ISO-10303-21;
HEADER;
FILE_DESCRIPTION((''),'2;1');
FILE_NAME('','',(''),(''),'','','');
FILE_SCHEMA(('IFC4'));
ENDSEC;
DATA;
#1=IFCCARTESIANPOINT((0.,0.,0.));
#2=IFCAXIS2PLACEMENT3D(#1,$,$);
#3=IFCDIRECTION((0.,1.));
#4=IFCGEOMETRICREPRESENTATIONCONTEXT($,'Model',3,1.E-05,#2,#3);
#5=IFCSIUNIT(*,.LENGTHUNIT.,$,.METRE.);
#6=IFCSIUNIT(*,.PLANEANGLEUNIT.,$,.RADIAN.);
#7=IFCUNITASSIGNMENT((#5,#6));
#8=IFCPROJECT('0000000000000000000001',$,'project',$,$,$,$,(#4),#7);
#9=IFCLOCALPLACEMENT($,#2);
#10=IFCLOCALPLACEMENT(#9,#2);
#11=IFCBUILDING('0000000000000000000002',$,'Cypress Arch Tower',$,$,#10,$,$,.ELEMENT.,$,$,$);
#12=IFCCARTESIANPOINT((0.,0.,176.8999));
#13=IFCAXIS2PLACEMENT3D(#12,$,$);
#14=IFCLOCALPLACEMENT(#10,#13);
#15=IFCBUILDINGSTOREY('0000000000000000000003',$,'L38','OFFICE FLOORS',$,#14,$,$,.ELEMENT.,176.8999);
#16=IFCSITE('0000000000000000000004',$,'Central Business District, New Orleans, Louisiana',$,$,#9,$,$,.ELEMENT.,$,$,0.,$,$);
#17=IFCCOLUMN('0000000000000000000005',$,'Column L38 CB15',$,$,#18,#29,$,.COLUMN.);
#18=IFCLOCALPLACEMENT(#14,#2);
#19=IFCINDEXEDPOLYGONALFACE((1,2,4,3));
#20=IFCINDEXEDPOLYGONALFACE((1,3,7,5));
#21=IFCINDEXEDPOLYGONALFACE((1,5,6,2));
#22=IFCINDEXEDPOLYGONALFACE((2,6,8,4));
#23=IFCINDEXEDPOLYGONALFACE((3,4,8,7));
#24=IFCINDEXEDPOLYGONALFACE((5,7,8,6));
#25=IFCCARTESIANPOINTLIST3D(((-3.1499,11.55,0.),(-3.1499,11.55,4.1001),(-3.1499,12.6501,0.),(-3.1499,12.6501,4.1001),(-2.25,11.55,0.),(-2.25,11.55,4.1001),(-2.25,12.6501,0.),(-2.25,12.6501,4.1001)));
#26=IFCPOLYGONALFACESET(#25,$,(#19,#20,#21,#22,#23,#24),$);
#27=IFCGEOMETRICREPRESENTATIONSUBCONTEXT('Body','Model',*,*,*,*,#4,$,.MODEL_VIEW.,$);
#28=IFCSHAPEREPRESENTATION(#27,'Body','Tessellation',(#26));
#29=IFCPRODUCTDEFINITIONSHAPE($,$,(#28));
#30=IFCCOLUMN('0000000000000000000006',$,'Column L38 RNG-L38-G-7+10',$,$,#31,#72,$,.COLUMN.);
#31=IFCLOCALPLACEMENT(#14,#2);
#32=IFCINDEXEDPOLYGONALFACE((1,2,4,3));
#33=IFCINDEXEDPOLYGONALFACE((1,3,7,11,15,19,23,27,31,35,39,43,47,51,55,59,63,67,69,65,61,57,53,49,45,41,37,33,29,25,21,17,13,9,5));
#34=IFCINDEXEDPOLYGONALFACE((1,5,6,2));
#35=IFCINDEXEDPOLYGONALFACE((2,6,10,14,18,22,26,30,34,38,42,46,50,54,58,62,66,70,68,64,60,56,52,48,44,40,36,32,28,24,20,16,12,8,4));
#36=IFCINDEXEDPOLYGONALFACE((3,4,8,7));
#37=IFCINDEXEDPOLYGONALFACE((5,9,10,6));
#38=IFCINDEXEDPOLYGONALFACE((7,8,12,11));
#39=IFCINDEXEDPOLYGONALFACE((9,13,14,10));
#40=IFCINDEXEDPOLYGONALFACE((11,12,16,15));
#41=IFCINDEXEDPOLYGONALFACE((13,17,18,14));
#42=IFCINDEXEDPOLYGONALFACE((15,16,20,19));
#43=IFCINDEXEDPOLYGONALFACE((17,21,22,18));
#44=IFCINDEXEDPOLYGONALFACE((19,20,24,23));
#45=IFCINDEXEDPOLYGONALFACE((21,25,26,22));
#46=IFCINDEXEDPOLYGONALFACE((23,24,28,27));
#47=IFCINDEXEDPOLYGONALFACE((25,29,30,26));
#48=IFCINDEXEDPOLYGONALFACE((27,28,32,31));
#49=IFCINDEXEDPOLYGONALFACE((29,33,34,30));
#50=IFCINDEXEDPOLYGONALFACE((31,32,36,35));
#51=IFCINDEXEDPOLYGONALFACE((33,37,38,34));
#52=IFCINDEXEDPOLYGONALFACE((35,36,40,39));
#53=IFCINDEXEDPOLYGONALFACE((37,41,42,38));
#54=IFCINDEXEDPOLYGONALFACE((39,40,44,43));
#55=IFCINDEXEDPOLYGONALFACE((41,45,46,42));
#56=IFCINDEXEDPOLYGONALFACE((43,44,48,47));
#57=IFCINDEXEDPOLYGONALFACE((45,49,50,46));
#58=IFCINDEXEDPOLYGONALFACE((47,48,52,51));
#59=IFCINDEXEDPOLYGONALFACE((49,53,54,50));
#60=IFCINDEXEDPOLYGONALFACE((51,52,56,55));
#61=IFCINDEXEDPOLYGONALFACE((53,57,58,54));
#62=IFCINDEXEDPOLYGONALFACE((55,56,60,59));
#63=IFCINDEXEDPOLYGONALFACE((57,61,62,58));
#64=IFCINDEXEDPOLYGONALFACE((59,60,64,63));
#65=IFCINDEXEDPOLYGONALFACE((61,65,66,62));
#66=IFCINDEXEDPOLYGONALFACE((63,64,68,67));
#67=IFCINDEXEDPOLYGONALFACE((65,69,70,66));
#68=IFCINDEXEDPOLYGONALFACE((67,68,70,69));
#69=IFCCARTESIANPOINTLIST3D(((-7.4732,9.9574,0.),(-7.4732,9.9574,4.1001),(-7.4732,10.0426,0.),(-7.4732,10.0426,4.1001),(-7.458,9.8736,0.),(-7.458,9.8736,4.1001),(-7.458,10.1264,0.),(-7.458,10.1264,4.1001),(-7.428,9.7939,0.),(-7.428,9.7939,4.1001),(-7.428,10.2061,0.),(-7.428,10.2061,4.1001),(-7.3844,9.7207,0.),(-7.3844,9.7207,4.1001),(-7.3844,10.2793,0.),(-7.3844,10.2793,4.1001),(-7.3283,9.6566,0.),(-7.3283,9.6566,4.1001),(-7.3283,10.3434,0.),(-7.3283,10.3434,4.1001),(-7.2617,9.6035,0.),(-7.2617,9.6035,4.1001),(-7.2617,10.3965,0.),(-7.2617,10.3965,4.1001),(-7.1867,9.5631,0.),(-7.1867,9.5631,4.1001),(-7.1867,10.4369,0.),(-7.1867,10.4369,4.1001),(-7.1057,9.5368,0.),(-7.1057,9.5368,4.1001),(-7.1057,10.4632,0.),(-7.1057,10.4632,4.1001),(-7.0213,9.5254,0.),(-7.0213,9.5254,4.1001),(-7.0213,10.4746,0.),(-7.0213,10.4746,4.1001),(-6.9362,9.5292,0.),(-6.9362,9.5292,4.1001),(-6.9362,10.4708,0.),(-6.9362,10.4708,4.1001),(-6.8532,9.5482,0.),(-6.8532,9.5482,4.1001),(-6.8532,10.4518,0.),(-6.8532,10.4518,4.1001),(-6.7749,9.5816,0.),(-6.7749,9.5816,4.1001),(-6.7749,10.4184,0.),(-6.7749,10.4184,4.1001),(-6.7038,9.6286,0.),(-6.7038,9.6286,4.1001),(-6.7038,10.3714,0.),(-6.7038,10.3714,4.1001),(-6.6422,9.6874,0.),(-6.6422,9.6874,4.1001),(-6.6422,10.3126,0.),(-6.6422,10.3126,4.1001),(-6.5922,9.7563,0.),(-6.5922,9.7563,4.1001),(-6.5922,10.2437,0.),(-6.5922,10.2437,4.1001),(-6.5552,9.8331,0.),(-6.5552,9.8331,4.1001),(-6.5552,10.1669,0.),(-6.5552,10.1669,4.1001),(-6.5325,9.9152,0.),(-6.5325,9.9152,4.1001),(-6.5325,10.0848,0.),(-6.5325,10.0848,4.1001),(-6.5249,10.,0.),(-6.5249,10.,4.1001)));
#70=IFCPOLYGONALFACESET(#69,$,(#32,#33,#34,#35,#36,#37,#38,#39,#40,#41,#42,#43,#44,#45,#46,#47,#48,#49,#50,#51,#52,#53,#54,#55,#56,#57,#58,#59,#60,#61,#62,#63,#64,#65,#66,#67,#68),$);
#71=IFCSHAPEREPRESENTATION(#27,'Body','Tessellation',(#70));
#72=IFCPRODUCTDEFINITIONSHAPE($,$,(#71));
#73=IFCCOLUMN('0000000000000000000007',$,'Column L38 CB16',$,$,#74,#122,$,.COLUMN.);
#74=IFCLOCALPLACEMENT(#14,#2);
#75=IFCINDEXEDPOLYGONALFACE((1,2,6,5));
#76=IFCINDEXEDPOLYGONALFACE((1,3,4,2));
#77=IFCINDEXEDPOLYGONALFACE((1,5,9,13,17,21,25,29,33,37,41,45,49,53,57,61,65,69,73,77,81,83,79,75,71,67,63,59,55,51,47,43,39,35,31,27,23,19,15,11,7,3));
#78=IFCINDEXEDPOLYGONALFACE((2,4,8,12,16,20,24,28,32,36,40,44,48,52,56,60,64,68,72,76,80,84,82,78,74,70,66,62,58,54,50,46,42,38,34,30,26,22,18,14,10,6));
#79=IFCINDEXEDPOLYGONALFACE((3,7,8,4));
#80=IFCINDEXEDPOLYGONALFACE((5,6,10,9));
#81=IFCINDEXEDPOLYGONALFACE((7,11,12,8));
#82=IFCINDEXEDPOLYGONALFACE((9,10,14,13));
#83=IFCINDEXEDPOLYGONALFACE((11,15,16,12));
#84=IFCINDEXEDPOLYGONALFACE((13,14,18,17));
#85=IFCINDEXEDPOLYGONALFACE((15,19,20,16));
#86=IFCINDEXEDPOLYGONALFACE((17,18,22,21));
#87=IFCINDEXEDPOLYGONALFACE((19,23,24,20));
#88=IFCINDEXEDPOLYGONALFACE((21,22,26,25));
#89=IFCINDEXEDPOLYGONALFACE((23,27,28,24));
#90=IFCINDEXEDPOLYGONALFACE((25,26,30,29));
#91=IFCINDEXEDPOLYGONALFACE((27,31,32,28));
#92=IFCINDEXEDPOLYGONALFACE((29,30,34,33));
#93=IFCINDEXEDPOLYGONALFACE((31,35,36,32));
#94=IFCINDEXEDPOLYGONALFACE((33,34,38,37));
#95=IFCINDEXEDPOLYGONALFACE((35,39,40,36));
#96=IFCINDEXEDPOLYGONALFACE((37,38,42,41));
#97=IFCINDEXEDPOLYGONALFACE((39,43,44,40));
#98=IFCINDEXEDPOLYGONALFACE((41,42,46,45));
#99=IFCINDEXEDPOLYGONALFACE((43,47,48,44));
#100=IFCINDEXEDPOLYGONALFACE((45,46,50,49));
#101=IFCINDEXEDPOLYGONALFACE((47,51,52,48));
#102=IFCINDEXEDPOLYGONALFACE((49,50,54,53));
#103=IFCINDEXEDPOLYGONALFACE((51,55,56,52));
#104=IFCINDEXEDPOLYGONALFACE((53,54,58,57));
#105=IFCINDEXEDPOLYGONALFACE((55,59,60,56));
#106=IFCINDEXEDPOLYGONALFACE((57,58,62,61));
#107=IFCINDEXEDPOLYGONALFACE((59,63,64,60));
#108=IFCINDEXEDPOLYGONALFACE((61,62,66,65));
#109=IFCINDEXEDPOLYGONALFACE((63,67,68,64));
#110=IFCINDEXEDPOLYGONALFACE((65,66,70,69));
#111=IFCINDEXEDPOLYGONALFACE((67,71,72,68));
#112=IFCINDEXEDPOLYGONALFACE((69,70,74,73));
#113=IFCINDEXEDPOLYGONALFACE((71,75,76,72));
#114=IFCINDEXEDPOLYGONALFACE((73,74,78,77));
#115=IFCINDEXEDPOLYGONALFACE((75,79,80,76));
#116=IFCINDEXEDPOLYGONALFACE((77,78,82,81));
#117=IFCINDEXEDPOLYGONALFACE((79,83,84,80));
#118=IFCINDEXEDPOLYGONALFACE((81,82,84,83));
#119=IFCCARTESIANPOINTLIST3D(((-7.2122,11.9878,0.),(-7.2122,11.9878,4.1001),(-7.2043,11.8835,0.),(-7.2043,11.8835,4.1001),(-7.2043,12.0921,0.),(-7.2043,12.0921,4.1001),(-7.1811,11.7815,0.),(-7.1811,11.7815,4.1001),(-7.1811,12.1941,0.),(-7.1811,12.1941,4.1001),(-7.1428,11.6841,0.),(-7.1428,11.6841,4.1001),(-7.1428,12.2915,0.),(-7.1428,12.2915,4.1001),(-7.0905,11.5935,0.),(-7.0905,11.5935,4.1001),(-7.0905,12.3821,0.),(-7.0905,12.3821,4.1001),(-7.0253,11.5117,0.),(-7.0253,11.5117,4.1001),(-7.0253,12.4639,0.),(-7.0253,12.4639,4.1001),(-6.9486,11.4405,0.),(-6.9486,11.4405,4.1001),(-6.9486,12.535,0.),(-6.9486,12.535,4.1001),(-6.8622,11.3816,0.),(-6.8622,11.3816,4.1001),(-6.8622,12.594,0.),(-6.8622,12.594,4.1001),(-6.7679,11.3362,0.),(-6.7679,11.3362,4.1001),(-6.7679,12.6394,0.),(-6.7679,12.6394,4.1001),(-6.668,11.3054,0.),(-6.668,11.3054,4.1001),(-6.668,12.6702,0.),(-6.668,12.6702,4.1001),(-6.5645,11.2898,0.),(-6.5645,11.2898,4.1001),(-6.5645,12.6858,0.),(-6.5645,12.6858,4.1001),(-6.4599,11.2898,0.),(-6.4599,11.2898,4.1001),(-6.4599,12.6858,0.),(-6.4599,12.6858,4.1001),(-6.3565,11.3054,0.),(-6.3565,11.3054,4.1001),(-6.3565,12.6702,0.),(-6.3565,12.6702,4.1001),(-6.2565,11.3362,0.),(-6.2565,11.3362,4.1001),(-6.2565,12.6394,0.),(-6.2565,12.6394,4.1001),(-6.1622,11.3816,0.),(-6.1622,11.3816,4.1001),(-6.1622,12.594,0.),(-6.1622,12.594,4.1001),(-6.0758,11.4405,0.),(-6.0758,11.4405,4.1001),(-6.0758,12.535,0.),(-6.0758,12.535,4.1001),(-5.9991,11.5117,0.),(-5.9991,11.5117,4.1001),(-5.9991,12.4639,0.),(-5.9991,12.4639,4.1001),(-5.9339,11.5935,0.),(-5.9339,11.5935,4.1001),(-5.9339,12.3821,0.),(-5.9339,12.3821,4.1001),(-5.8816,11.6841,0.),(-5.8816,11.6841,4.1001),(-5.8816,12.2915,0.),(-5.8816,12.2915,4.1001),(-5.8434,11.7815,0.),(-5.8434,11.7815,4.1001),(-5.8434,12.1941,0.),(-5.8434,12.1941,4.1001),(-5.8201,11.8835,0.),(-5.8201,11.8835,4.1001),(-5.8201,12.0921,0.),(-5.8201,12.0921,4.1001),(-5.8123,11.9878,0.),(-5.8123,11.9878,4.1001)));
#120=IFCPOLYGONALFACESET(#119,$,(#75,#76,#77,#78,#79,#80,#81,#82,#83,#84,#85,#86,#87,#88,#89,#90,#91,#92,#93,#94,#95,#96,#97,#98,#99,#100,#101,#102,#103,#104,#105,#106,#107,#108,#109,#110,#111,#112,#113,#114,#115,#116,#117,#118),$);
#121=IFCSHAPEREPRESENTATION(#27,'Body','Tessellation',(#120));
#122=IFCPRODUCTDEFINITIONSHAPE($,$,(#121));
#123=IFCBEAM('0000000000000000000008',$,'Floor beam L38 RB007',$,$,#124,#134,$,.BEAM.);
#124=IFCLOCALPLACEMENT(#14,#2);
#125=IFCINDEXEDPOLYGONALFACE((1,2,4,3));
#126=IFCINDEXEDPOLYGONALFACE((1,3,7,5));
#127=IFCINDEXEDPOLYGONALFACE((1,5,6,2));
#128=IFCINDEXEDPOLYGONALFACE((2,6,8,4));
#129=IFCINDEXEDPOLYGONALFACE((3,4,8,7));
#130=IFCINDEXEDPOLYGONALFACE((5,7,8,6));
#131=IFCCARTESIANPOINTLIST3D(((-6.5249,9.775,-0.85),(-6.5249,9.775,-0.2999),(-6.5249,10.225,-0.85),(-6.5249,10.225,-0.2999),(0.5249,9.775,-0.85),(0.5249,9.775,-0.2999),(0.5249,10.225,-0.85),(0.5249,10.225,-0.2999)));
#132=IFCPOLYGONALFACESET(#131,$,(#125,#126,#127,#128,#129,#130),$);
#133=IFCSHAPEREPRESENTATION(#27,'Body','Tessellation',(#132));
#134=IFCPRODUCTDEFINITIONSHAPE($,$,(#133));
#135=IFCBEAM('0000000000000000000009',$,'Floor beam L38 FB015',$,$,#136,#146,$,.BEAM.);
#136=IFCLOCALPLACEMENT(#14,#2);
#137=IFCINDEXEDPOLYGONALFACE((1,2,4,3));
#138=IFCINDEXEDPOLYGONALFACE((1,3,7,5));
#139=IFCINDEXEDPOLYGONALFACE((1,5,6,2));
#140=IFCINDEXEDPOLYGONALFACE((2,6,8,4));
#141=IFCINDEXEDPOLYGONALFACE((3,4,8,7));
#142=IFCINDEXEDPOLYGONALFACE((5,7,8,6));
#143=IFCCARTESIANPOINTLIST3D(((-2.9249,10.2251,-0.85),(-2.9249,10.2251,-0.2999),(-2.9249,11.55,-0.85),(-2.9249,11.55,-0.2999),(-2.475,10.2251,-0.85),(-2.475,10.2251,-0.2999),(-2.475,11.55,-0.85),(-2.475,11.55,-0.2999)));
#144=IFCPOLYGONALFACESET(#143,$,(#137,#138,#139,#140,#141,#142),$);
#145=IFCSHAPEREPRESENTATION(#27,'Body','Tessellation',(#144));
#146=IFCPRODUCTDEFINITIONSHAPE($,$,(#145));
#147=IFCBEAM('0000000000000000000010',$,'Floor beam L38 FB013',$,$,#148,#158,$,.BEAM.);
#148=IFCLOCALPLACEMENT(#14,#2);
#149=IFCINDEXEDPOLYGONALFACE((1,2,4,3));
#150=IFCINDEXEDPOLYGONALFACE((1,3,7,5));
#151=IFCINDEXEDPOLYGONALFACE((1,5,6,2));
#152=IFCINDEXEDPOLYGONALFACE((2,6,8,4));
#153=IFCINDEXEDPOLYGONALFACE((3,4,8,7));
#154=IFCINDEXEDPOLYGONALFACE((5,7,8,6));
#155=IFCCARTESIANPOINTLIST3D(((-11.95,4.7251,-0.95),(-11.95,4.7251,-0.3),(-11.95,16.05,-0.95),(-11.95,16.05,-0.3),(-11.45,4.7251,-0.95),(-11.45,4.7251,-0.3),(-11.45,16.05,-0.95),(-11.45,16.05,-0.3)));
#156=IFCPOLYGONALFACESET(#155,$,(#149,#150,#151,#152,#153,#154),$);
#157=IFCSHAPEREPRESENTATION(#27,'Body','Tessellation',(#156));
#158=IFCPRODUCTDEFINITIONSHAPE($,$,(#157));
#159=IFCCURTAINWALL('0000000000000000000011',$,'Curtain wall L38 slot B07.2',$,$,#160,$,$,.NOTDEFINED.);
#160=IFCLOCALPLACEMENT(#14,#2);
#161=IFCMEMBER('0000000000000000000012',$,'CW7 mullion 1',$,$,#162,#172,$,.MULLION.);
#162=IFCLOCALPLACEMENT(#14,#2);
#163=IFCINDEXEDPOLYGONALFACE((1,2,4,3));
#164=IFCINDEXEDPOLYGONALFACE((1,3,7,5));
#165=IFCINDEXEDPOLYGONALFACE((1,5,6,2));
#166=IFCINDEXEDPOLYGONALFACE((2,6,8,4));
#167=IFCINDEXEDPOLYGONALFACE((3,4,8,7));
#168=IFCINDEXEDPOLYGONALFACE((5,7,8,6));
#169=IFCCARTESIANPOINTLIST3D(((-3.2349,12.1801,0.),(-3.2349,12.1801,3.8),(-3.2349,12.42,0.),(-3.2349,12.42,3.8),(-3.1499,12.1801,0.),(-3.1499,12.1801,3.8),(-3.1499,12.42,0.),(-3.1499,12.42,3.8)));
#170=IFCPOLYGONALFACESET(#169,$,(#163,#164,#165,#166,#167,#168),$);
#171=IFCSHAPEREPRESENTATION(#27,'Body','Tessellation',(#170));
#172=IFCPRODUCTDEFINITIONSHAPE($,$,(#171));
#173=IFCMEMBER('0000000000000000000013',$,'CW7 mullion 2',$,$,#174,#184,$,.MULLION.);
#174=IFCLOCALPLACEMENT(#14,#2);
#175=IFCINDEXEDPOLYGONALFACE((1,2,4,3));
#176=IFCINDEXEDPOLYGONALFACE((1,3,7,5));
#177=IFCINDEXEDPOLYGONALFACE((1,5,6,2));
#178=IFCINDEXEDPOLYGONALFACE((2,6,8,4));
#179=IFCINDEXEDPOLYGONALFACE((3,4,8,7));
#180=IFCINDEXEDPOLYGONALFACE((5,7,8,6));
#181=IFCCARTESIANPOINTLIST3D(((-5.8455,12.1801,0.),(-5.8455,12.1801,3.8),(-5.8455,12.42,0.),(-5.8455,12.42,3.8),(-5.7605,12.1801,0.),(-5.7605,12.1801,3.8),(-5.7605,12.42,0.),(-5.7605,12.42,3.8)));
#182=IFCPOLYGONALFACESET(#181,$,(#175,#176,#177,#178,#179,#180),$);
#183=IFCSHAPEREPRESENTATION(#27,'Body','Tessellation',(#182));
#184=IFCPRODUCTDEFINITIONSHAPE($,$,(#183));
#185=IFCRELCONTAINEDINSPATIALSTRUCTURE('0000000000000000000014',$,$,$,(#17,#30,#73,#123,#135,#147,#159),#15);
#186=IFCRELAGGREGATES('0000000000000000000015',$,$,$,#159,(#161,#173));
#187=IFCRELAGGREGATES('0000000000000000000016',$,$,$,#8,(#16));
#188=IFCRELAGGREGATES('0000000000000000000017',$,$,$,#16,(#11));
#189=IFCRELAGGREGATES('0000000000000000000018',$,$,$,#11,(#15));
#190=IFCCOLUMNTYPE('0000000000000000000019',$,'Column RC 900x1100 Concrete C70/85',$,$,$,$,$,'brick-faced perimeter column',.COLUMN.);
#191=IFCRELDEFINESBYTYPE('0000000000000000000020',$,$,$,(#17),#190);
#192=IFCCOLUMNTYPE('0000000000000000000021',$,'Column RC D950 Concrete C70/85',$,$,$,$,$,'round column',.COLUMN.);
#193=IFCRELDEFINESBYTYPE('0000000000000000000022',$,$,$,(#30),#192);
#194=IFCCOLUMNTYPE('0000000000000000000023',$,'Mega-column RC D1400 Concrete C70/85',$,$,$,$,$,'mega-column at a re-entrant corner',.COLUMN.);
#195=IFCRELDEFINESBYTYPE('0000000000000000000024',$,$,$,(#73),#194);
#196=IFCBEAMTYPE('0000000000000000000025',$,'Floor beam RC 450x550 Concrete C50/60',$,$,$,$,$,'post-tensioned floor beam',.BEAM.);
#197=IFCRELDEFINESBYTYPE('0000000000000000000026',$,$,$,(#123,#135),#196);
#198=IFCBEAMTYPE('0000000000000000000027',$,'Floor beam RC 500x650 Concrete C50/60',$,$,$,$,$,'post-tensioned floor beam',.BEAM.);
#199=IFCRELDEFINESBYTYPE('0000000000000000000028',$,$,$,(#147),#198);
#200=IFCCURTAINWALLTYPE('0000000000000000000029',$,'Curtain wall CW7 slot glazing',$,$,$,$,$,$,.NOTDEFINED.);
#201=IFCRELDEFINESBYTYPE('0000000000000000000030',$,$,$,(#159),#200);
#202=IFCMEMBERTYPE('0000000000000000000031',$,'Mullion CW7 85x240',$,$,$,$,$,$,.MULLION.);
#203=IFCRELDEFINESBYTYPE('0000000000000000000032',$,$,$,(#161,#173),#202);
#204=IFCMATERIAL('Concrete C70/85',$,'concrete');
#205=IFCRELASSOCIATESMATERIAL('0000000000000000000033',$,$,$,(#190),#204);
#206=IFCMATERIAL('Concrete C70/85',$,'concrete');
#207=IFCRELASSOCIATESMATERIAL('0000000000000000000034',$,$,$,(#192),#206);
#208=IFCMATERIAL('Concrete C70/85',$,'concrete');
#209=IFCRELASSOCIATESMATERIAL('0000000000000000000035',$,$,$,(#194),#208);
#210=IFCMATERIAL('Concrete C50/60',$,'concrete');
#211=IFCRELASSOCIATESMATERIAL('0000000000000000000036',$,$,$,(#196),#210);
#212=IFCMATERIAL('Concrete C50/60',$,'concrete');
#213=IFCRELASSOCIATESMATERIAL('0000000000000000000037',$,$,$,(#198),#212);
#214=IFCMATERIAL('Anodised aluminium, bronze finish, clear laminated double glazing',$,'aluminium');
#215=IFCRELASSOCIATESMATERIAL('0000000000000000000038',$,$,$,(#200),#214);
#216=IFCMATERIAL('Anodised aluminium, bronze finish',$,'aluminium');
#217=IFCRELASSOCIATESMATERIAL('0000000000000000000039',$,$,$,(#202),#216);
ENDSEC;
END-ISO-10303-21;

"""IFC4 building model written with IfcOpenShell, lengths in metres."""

from ifc_helpers import new_model, si_unit, direction, frame, origin, origin_2d, place, context, subcontext, project, spatial, rectangle, circle, extrude, material, material_profile, profile_set, type_object, element, aggregate, save


model = new_model("IFC4")

# Units and contexts
model_context = context("Model", 3, precision=1e-05, world=origin(), true_north=direction((0.0, 1.0)))
body_context = subcontext(model_context, "Body", "Model", "MODEL_VIEW")
ifc_project = project(units=[si_unit("LENGTHUNIT", "METRE"), si_unit("PLANEANGLEUNIT", "RADIAN")], contexts=[model_context])

# Site, building, storey
site_placement = place(None, origin())
site = spatial("IfcSite", under=ifc_project, at=site_placement, Name="Central Business District, New Orleans, Louisiana", CompositionType="ELEMENT", RefElevation=0.0)
building_placement = place(site_placement, origin())
building = spatial("IfcBuilding", under=site, at=building_placement, Name="Cypress Arch Tower", CompositionType="ELEMENT")
storey_placement = place(building_placement, frame((0.0, 0.0, 176.8999)))
storey = spatial("IfcBuildingStorey", under=building, at=storey_placement, Name="L38", Description="OFFICE FLOORS", CompositionType="ELEMENT", Elevation=176.8999)

# Columns
ifc_material_1 = material(Name="Concrete C70/85", Category="concrete")
ifc_material_profile_1 = material_profile(ifc_material_1, rectangle(XDim=0.8999, YDim=1.1001, at=origin_2d()), Name="RC 900x1100")
ifc_profile_set_1 = profile_set([ifc_material_profile_1], Name="Concrete C70/85")
column_type_1 = type_object("IfcColumnType", Name="Column RC 900x1100 Concrete C70/85", ElementType="brick-faced perimeter column", PredefinedType="COLUMN", material=ifc_profile_set_1)
column_1_placement = place(storey_placement, frame((-2.7, 12.1001, 0.0), z_axis=(0.0, 0.0, 1.0), x_axis=(-1.0, 0.0, 0.0)))
element("IfcColumn", 1, at=column_1_placement, inside=storey, type_object=column_type_1, Name="Column L38 CB15", PredefinedType="COLUMN", context=body_context, shape_type="SweptSolid", body=[
    extrude(rectangle(XDim=0.8999, YDim=1.1001, at=origin_2d()), origin(), (0.0, 0.0, 1.0), 4.1001),
])
ifc_material_2 = material(Name="Concrete C70/85", Category="concrete")
ifc_material_profile_2 = material_profile(ifc_material_2, circle(Radius=0.4751, at=origin_2d()), Name="RC D950")
ifc_profile_set_2 = profile_set([ifc_material_profile_2], Name="Concrete C70/85")
column_type_2 = type_object("IfcColumnType", Name="Column RC D950 Concrete C70/85", ElementType="round column", PredefinedType="COLUMN", material=ifc_profile_set_2)
column_2_placement = place(storey_placement, frame((-7.0, 10.0, 0.0), z_axis=(0.0, 0.0, 1.0), x_axis=(1.0, 0.0, 0.0)))
element("IfcColumn", 2, at=column_2_placement, inside=storey, type_object=column_type_2, Name="Column L38 RNG-L38-G-7+10", PredefinedType="COLUMN", context=body_context, shape_type="SweptSolid", body=[
    extrude(circle(Radius=0.4751, at=origin_2d()), origin(), (0.0, 0.0, 1.0), 4.1001),
])
ifc_material_3 = material(Name="Concrete C70/85", Category="concrete")
ifc_material_profile_3 = material_profile(ifc_material_3, circle(Radius=0.7, at=origin_2d()), Name="RC D1400")
ifc_profile_set_3 = profile_set([ifc_material_profile_3], Name="Concrete C70/85")
column_type_3 = type_object("IfcColumnType", Name="Mega-column RC D1400 Concrete C70/85", ElementType="mega-column at a re-entrant corner", PredefinedType="COLUMN", material=ifc_profile_set_3)
column_3_placement = place(storey_placement, frame((-6.5122, 11.9878, 0.0), z_axis=(0.0, 0.0, 1.0), x_axis=(1.0, 0.0, 0.0)))
element("IfcColumn", 3, at=column_3_placement, inside=storey, type_object=column_type_3, Name="Column L38 CB16", PredefinedType="COLUMN", context=body_context, shape_type="SweptSolid", body=[
    extrude(circle(Radius=0.7, at=origin_2d()), origin(), (0.0, 0.0, 1.0), 4.1001),
])

# Beams
ifc_material_4 = material(Name="Concrete C50/60", Category="concrete")
ifc_material_profile_4 = material_profile(ifc_material_4, rectangle(XDim=0.45, YDim=0.55, at=origin_2d()), Name="RC 450x550")
ifc_profile_set_4 = profile_set([ifc_material_profile_4], Name="Concrete C50/60")
beam_type_1 = type_object("IfcBeamType", Name="Floor beam RC 450x550 Concrete C50/60", ElementType="post-tensioned floor beam", PredefinedType="BEAM", material=ifc_profile_set_4)
beam_1_placement = place(storey_placement, frame((-6.5249, 10.0, -0.575), z_axis=(1.0, 0.0, 0.0), x_axis=(0.0, 1.0, 0.0)))
element("IfcBeam", 4, at=beam_1_placement, inside=storey, type_object=beam_type_1, Name="Floor beam L38 RB007", PredefinedType="BEAM", context=body_context, shape_type="SweptSolid", body=[
    extrude(rectangle(XDim=0.45, YDim=0.55, at=origin_2d()), origin(), (0.0, 0.0, 1.0), 7.0498),
])
beam_2_placement = place(storey_placement, frame((-2.7, 10.2251, -0.575), z_axis=(0.0, 1.0, 0.0), x_axis=(-1.0, 0.0, 0.0)))
element("IfcBeam", 5, at=beam_2_placement, inside=storey, type_object=beam_type_1, Name="Floor beam L38 FB015", PredefinedType="BEAM", context=body_context, shape_type="SweptSolid", body=[
    extrude(rectangle(XDim=0.45, YDim=0.55, at=origin_2d()), origin(), (0.0, 0.0, 1.0), 1.325),
])
ifc_material_5 = material(Name="Concrete C50/60", Category="concrete")
ifc_material_profile_5 = material_profile(ifc_material_5, rectangle(XDim=0.5, YDim=0.6499, at=origin_2d()), Name="RC 500x650")
ifc_profile_set_5 = profile_set([ifc_material_profile_5], Name="Concrete C50/60")
beam_type_2 = type_object("IfcBeamType", Name="Floor beam RC 500x650 Concrete C50/60", ElementType="post-tensioned floor beam", PredefinedType="BEAM", material=ifc_profile_set_5)
beam_3_placement = place(storey_placement, frame((-11.7, 4.7251, -0.625), z_axis=(0.0, 1.0, 0.0), x_axis=(-1.0, 0.0, 0.0)))
element("IfcBeam", 6, at=beam_3_placement, inside=storey, type_object=beam_type_2, Name="Floor beam L38 FB013", PredefinedType="BEAM", context=body_context, shape_type="SweptSolid", body=[
    extrude(rectangle(XDim=0.5, YDim=0.6499, at=origin_2d()), origin(), (0.0, 0.0, 1.0), 11.325),
])

# Curtain wall, members
ifc_material_6 = material(Name="Anodised aluminium, bronze finish, clear laminated double glazing", Category="aluminium")
curtain_wall_type = type_object("IfcCurtainWallType", Name="Curtain wall CW7 slot glazing", PredefinedType="NOTDEFINED", material=ifc_material_6)
curtain_wall_placement = place(storey_placement, origin())
curtain_wall = element("IfcCurtainWall", 7, at=curtain_wall_placement, inside=storey, type_object=curtain_wall_type, Name="Curtain wall L38 slot B07.2", PredefinedType="NOTDEFINED")
ifc_material_7 = material(Name="Anodised aluminium, bronze finish", Category="aluminium")
ifc_material_profile_6 = material_profile(ifc_material_7, rectangle(XDim=0.24, YDim=0.085, at=origin_2d()), Name="Mullion 85x240")
ifc_profile_set_6 = profile_set([ifc_material_profile_6], Name="Anodised aluminium, bronze finish")
member_type_1 = type_object("IfcMemberType", Name="Mullion CW7 85x240", PredefinedType="MULLION", material=ifc_profile_set_6)
member_1_placement = place(storey_placement, frame((-3.1924, 12.3, 0.0), z_axis=(0.0, 0.0, 1.0), x_axis=(0.0, -1.0, 0.0)))
member_1 = element("IfcMember", 8, at=member_1_placement, type_object=member_type_1, Name="CW7 mullion 1", PredefinedType="MULLION", context=body_context, shape_type="SweptSolid", body=[
    extrude(rectangle(XDim=0.24, YDim=0.085, at=origin_2d()), origin(), (0.0, 0.0, 1.0), 3.8),
])
member_2_placement = place(storey_placement, frame((-5.803, 12.3, 0.0), z_axis=(0.0, 0.0, 1.0), x_axis=(0.0, -1.0, 0.0)))
member_2 = element("IfcMember", 9, at=member_2_placement, type_object=member_type_1, Name="CW7 mullion 2", PredefinedType="MULLION", context=body_context, shape_type="SweptSolid", body=[
    extrude(rectangle(XDim=0.24, YDim=0.085, at=origin_2d()), origin(), (0.0, 0.0, 1.0), 3.8),
])

aggregate(curtain_wall, [member_1, member_2])

save(model, "model.ifc")
